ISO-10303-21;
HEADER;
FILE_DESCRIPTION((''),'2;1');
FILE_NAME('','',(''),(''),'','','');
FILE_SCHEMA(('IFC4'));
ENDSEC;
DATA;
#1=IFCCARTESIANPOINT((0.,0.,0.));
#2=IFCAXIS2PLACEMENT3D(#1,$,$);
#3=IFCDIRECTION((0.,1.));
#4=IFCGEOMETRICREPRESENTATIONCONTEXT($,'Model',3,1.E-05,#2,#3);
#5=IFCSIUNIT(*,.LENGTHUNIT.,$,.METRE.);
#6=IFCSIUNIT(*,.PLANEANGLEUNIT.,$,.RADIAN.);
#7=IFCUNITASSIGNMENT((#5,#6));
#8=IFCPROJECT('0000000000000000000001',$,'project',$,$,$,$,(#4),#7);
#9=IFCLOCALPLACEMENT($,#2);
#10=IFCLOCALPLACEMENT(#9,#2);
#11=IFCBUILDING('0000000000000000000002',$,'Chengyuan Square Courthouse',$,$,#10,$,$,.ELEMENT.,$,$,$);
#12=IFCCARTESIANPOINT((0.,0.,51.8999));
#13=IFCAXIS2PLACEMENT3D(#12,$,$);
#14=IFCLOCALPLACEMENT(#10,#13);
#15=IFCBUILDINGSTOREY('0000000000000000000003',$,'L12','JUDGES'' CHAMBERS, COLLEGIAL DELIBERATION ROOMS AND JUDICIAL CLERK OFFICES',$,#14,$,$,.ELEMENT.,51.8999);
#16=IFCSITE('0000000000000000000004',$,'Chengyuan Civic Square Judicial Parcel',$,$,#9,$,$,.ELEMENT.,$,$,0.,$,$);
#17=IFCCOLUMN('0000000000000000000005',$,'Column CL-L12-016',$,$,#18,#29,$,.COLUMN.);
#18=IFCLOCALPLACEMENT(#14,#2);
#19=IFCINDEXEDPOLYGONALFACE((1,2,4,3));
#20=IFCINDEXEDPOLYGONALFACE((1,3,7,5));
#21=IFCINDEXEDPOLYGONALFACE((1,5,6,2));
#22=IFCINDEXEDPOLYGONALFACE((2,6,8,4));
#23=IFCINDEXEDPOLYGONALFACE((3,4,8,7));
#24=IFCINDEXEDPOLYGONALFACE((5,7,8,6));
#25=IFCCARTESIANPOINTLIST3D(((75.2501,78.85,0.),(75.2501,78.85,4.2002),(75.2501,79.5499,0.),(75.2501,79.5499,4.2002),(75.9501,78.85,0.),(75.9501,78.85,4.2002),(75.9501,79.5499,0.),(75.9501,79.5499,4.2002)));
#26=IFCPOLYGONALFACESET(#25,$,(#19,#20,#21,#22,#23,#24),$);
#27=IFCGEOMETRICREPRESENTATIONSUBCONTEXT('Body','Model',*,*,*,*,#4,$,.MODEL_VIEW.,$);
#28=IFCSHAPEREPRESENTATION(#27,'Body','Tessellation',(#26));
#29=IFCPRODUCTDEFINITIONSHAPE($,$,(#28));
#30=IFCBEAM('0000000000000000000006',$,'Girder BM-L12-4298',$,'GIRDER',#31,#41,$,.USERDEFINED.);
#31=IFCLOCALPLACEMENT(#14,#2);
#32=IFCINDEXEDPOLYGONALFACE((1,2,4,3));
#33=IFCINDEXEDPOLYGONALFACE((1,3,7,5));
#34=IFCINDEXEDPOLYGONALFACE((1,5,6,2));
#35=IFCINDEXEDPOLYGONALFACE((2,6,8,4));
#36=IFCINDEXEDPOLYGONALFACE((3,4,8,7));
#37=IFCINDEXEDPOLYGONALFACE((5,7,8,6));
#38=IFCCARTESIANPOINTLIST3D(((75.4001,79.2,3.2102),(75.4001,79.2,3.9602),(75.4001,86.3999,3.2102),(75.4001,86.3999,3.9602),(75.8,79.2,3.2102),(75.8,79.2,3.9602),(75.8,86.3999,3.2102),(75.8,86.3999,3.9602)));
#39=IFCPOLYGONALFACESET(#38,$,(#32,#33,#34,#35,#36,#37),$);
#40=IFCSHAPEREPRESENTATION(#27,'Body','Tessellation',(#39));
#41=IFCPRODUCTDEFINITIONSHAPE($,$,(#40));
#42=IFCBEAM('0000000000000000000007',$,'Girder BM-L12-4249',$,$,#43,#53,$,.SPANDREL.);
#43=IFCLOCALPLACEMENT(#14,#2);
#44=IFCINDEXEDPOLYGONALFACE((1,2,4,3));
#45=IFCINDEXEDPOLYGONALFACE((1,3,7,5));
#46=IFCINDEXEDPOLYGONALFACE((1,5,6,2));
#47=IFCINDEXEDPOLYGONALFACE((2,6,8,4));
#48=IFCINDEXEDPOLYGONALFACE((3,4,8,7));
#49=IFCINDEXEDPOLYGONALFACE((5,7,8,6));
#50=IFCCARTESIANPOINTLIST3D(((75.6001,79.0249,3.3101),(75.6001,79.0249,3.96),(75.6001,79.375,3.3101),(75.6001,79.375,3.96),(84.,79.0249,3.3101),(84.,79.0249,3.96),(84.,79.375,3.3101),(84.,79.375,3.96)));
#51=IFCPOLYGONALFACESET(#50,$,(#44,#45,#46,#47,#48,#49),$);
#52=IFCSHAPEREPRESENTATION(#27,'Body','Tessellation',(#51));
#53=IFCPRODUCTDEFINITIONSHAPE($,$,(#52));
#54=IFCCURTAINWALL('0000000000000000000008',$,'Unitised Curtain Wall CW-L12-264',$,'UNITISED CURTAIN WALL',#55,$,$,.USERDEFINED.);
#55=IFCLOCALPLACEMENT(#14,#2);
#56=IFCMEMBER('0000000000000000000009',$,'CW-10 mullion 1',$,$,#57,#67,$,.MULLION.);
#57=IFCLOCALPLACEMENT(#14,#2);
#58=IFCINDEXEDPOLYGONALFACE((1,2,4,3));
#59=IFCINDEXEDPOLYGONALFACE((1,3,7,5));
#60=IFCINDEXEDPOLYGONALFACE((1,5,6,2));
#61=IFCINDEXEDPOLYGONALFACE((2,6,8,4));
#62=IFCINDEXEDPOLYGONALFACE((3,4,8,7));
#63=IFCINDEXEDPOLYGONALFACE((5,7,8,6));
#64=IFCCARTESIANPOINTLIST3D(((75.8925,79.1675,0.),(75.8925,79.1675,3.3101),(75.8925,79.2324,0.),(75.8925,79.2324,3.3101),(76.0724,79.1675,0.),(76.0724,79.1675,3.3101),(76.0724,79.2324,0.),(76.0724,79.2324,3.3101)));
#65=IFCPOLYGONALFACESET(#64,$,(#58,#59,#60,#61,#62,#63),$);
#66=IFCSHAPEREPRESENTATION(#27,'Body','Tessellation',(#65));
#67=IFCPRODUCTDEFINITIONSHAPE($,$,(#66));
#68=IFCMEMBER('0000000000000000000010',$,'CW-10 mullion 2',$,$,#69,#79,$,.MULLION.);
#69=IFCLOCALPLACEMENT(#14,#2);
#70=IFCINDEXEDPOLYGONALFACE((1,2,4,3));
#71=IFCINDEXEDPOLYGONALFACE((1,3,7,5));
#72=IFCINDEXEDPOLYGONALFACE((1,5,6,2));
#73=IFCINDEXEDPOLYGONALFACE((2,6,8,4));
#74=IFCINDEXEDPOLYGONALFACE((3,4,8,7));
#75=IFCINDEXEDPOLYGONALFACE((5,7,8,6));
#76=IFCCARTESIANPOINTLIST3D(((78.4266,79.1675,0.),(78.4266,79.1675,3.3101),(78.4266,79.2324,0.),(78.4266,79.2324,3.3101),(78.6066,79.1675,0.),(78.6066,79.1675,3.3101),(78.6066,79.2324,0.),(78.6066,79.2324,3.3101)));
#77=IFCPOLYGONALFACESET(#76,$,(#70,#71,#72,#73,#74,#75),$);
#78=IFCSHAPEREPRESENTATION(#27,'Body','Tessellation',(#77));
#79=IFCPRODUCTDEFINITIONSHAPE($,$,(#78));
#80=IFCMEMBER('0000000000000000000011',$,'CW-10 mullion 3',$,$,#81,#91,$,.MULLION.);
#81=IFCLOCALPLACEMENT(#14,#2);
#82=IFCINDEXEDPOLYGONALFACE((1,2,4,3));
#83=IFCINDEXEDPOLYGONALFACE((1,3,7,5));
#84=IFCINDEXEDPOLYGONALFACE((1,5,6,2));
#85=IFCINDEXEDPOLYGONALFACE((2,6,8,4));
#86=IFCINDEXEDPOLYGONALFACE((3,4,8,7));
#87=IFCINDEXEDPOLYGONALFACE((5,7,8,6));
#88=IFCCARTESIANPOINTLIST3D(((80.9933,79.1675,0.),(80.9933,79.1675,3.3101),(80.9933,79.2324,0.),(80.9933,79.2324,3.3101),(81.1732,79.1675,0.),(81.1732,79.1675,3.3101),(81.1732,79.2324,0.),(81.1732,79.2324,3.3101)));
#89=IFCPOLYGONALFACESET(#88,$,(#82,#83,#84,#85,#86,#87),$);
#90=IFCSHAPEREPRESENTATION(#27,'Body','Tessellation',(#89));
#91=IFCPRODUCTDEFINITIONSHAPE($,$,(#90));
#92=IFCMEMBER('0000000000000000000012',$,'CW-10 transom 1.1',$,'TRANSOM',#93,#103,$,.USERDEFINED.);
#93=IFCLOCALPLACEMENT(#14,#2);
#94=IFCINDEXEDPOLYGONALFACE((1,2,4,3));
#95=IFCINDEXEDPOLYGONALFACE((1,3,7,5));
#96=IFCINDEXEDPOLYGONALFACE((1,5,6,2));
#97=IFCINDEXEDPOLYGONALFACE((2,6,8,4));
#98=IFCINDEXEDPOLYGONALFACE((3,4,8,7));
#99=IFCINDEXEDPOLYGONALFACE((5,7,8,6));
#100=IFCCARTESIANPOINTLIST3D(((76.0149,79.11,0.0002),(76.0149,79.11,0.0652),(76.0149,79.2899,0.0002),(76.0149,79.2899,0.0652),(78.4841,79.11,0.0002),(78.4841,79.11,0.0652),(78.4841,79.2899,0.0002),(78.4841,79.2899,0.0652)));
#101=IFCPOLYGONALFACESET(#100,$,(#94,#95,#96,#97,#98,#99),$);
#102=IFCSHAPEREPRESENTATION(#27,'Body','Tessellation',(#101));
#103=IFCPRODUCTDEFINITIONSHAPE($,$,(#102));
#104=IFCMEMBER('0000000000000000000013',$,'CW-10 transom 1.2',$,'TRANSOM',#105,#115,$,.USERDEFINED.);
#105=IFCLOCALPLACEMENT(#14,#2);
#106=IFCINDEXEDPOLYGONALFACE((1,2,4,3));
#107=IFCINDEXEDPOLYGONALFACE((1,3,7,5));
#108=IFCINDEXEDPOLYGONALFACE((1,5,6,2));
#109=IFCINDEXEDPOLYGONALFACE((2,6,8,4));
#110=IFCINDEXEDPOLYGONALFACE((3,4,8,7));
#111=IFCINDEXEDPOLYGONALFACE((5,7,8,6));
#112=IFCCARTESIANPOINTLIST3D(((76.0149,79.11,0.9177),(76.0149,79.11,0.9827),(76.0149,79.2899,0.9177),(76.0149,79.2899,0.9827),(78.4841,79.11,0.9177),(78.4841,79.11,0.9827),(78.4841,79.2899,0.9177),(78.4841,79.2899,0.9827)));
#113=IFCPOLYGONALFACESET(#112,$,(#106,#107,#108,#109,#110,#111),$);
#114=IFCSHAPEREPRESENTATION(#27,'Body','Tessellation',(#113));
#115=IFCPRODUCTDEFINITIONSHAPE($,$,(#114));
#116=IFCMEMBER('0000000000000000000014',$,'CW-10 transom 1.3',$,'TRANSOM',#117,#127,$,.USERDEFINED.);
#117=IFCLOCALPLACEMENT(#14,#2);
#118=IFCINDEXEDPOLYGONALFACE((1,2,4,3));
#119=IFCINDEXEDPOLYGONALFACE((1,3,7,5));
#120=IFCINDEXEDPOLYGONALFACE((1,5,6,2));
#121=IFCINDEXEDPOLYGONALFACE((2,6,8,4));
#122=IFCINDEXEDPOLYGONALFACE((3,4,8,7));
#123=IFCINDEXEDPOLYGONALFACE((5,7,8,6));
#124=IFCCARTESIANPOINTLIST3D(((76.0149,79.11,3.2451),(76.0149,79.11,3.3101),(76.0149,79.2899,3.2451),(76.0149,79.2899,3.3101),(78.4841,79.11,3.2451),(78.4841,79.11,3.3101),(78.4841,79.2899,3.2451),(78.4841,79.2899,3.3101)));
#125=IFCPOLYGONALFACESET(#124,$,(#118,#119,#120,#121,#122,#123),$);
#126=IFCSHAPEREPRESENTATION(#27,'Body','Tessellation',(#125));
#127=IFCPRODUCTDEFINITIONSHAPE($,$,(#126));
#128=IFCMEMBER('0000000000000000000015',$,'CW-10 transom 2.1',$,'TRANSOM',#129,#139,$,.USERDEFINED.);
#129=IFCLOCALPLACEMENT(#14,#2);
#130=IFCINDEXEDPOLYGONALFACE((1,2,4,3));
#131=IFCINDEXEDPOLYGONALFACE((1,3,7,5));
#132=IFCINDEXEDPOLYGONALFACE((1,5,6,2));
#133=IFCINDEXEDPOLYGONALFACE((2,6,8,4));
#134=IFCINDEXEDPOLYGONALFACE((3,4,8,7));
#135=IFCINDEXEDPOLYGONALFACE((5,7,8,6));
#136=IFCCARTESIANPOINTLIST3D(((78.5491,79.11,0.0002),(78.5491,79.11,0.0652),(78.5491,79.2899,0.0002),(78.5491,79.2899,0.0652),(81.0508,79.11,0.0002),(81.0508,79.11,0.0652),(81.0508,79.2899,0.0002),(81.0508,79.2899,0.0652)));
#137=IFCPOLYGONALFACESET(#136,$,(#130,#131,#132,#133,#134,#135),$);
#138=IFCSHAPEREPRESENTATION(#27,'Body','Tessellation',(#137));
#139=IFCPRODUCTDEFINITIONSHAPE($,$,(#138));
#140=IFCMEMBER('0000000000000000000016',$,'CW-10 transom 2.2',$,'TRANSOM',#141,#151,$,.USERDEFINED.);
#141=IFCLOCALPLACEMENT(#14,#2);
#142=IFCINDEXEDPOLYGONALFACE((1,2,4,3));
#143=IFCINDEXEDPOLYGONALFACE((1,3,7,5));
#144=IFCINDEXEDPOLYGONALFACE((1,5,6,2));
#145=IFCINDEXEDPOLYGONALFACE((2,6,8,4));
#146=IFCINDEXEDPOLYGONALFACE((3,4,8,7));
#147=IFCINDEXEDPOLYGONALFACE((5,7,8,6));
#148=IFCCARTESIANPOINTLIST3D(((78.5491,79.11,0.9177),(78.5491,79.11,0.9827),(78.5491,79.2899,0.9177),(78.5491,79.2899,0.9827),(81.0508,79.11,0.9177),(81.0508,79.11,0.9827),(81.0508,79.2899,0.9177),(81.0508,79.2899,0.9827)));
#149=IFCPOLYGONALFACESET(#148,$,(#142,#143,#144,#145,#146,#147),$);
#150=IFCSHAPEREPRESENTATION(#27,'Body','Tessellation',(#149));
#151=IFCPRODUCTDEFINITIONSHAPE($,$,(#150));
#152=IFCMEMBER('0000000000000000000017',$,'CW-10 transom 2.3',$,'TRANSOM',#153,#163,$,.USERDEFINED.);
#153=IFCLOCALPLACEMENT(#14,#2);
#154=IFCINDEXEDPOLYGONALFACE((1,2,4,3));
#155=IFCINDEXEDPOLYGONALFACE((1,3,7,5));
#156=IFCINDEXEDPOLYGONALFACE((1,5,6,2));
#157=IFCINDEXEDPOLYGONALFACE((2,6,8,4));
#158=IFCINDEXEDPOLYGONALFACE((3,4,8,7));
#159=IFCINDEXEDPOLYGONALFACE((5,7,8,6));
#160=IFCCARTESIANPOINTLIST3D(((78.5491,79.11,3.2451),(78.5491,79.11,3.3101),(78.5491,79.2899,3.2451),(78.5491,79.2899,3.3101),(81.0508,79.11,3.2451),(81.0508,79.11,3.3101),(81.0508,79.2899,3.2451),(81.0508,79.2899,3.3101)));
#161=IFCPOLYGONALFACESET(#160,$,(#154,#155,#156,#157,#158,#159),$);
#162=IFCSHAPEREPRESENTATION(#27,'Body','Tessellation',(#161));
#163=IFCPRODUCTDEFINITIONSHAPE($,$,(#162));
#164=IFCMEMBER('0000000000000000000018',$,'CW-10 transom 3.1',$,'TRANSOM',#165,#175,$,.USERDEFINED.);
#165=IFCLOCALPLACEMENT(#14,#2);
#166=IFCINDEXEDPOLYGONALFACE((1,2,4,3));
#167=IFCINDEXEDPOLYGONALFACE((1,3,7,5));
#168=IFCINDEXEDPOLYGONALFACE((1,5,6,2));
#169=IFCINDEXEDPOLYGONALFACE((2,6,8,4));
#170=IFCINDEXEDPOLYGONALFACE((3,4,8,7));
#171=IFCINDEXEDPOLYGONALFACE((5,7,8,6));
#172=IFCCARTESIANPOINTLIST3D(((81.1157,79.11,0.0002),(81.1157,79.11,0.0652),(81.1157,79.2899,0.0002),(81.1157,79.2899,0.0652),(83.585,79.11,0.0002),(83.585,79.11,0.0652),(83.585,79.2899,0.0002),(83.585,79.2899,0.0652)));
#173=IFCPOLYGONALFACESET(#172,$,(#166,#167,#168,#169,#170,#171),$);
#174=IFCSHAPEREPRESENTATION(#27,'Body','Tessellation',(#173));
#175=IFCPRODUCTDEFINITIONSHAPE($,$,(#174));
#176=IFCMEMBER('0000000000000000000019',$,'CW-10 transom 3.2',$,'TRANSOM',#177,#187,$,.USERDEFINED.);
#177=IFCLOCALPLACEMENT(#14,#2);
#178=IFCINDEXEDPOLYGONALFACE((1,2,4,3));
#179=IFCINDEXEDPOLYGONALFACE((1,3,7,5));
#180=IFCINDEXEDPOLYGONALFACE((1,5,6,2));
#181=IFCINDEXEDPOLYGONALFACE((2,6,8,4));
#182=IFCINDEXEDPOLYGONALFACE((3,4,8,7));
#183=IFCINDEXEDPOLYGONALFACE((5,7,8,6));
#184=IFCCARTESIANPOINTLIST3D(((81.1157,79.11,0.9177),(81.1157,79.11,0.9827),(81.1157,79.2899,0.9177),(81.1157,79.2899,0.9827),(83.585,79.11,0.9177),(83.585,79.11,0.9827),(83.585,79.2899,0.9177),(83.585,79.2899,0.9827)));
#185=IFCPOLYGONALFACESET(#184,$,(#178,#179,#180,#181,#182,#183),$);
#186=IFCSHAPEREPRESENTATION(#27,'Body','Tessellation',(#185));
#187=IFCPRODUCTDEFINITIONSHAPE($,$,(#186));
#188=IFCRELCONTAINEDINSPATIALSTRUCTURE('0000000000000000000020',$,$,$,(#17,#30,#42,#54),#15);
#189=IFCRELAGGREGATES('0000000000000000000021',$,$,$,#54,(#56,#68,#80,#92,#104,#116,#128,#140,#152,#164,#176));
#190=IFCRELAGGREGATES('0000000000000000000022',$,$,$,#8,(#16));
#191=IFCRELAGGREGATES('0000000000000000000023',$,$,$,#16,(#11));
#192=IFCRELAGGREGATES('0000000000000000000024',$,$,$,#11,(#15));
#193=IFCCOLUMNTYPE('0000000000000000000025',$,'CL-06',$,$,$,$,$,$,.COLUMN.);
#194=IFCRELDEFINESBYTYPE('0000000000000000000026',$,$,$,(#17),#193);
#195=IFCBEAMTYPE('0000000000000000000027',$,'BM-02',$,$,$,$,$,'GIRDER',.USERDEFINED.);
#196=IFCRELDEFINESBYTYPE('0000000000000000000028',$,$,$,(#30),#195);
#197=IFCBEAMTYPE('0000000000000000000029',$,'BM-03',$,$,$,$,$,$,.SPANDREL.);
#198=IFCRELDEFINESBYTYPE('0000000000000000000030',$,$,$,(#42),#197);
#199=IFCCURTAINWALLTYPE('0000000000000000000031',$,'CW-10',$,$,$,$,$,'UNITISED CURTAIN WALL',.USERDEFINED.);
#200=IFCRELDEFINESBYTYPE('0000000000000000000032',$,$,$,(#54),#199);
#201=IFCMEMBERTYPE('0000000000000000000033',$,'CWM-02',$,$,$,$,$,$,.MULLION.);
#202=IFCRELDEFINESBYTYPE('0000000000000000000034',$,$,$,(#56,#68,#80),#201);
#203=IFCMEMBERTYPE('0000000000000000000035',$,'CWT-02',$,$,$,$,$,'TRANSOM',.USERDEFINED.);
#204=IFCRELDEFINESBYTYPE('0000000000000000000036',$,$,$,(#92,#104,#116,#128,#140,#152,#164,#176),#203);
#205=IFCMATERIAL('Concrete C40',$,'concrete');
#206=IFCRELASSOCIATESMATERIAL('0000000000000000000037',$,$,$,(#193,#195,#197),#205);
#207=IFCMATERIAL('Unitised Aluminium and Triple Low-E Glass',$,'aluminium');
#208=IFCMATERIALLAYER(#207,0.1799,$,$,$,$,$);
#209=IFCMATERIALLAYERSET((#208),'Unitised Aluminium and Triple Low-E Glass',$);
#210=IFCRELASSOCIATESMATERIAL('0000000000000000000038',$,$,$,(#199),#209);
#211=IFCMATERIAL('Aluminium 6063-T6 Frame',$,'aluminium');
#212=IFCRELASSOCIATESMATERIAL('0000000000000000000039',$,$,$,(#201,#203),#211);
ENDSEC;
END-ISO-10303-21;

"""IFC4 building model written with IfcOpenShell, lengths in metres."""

from ifc_helpers import new_model, si_unit, direction, frame, origin, origin_2d, place, context, subcontext, project, spatial, rectangle, extrude, material, layer, layer_set, material_profile, profile_set, type_object, element, aggregate, save


model = new_model("IFC4")

# Units and contexts
model_context = context("Model", 3, precision=1e-05, world=origin(), true_north=direction((0.0, 1.0)))
body_context = subcontext(model_context, "Body", "Model", "MODEL_VIEW")
ifc_project = project(units=[si_unit("LENGTHUNIT", "METRE"), si_unit("PLANEANGLEUNIT", "RADIAN")], contexts=[model_context])

# Site, building, storey
site_placement = place(None, origin())
site = spatial("IfcSite", under=ifc_project, at=site_placement, Name="Chengyuan Civic Square Judicial Parcel", CompositionType="ELEMENT", RefElevation=0.0)
building_placement = place(site_placement, origin())
building = spatial("IfcBuilding", under=site, at=building_placement, Name="Chengyuan Square Courthouse", CompositionType="ELEMENT")
storey_placement = place(building_placement, frame((0.0, 0.0, 51.8999)))
storey = spatial("IfcBuildingStorey", under=building, at=storey_placement, Name="L12", Description="JUDGES' CHAMBERS, COLLEGIAL DELIBERATION ROOMS AND JUDICIAL CLERK OFFICES", CompositionType="ELEMENT", Elevation=51.8999)

# Column
ifc_material_1 = material(Name="Concrete C40", Category="concrete")
ifc_material_profile_1 = material_profile(ifc_material_1, rectangle(XDim=0.7, YDim=0.7, at=origin_2d()), Name="RC-COL-700x700")
ifc_profile_set_1 = profile_set([ifc_material_profile_1], Name="Concrete C40")
column_type = type_object("IfcColumnType", Name="CL-06", PredefinedType="COLUMN", material=ifc_profile_set_1)
column_placement = place(storey_placement, frame((75.6001, 79.2, 0.0), z_axis=(0.0, 0.0, 1.0), x_axis=(1.0, 0.0, 0.0)))
element("IfcColumn", 1, at=column_placement, inside=storey, type_object=column_type, Name="Column CL-L12-016", PredefinedType="COLUMN", context=body_context, shape_type="SweptSolid", body=[
    extrude(rectangle(XDim=0.7, YDim=0.7, at=origin_2d()), origin(), (0.0, 0.0, 1.0), 4.2002),
])

# Beams
ifc_material_profile_2 = material_profile(ifc_material_1, rectangle(XDim=0.3999, YDim=0.75, at=origin_2d()), Name="RC-BM-400x750")
ifc_profile_set_2 = profile_set([ifc_material_profile_2], Name="Concrete C40")
beam_type_1 = type_object("IfcBeamType", Name="BM-02", ElementType="GIRDER", PredefinedType="USERDEFINED", material=ifc_profile_set_2)
beam_1_placement = place(storey_placement, frame((75.6001, 79.2, 3.5852), z_axis=(0.0, 1.0, 0.0), x_axis=(-1.0, 0.0, 0.0)))
element("IfcBeam", 2, at=beam_1_placement, inside=storey, type_object=beam_type_1, Name="Girder BM-L12-4298", ObjectType="GIRDER", PredefinedType="USERDEFINED", context=body_context, shape_type="SweptSolid", body=[
    extrude(rectangle(XDim=0.3999, YDim=0.75, at=origin_2d()), origin(), (0.0, 0.0, 1.0), 7.2),
])
ifc_material_profile_3 = material_profile(ifc_material_1, rectangle(XDim=0.3501, YDim=0.6499, at=origin_2d()), Name="RC-BM-350x650")
ifc_profile_set_3 = profile_set([ifc_material_profile_3], Name="Concrete C40")
beam_type_2 = type_object("IfcBeamType", Name="BM-03", PredefinedType="SPANDREL", material=ifc_profile_set_3)
beam_2_placement = place(storey_placement, frame((75.6001, 79.2, 3.635), z_axis=(1.0, 0.0, 0.0), x_axis=(0.0, 1.0, 0.0)))
element("IfcBeam", 3, at=beam_2_placement, inside=storey, type_object=beam_type_2, Name="Girder BM-L12-4249", PredefinedType="SPANDREL", context=body_context, shape_type="SweptSolid", body=[
    extrude(rectangle(XDim=0.3501, YDim=0.6499, at=origin_2d()), origin(), (0.0, 0.0, 1.0), 8.3999),
])

# Curtain wall, members
ifc_material_2 = material(Name="Unitised Aluminium and Triple Low-E Glass", Category="aluminium")
ifc_layer_1 = layer(ifc_material_2, 0.1799)
ifc_layer_set_1 = layer_set([ifc_layer_1], Name="Unitised Aluminium and Triple Low-E Glass")
curtain_wall_type = type_object("IfcCurtainWallType", Name="CW-10", ElementType="UNITISED CURTAIN WALL", PredefinedType="USERDEFINED", material=ifc_layer_set_1)
curtain_wall_placement = place(storey_placement, origin())
curtain_wall = element("IfcCurtainWall", 4, at=curtain_wall_placement, inside=storey, type_object=curtain_wall_type, Name="Unitised Curtain Wall CW-L12-264", ObjectType="UNITISED CURTAIN WALL", PredefinedType="USERDEFINED")
ifc_material_3 = material(Name="Aluminium 6063-T6 Frame", Category="aluminium")
ifc_material_profile_4 = material_profile(ifc_material_3, rectangle(XDim=0.0649, YDim=0.1799, at=origin_2d()), Name="CW-MUL-65x180")
ifc_profile_set_4 = profile_set([ifc_material_profile_4], Name="Aluminium 6063-T6 Frame")
member_type_1 = type_object("IfcMemberType", Name="CWM-02", PredefinedType="MULLION", material=ifc_profile_set_4)
member_1_placement = place(storey_placement, frame((75.9824, 79.2, 0.0), z_axis=(0.0, 0.0, 1.0), x_axis=(0.0, 1.0, 0.0)))
member_1 = element("IfcMember", 5, at=member_1_placement, type_object=member_type_1, Name="CW-10 mullion 1", PredefinedType="MULLION", context=body_context, shape_type="SweptSolid", body=[
    extrude(rectangle(XDim=0.0649, YDim=0.1799, at=origin_2d()), origin(), (0.0, 0.0, 1.0), 3.3101),
])
member_2_placement = place(storey_placement, frame((78.5166, 79.2, 0.0), z_axis=(0.0, 0.0, 1.0), x_axis=(0.0, 1.0, 0.0)))
member_2 = element("IfcMember", 6, at=member_2_placement, type_object=member_type_1, Name="CW-10 mullion 2", PredefinedType="MULLION", context=body_context, shape_type="SweptSolid", body=[
    extrude(rectangle(XDim=0.0649, YDim=0.1799, at=origin_2d()), origin(), (0.0, 0.0, 1.0), 3.3101),
])
member_3_placement = place(storey_placement, frame((81.0833, 79.2, 0.0), z_axis=(0.0, 0.0, 1.0), x_axis=(0.0, 1.0, 0.0)))
member_3 = element("IfcMember", 7, at=member_3_placement, type_object=member_type_1, Name="CW-10 mullion 3", PredefinedType="MULLION", context=body_context, shape_type="SweptSolid", body=[
    extrude(rectangle(XDim=0.0649, YDim=0.1799, at=origin_2d()), origin(), (0.0, 0.0, 1.0), 3.3101),
])
ifc_material_profile_5 = material_profile(ifc_material_3, rectangle(XDim=0.1799, YDim=0.0649, at=origin_2d()), Name="CW-TRN-65x140")
ifc_profile_set_5 = profile_set([ifc_material_profile_5], Name="Aluminium 6063-T6 Frame")
member_type_2 = type_object("IfcMemberType", Name="CWT-02", ElementType="TRANSOM", PredefinedType="USERDEFINED", material=ifc_profile_set_5)
member_4_placement = place(storey_placement, frame((76.0149, 79.2, 0.0327), z_axis=(1.0, 0.0, 0.0), x_axis=(0.0, 1.0, 0.0)))
member_4 = element("IfcMember", 8, at=member_4_placement, type_object=member_type_2, Name="CW-10 transom 1.1", ObjectType="TRANSOM", PredefinedType="USERDEFINED", context=body_context, shape_type="SweptSolid", body=[
    extrude(rectangle(XDim=0.1799, YDim=0.0649, at=origin_2d()), origin(), (0.0, 0.0, 1.0), 2.4692),
])
member_5_placement = place(storey_placement, frame((76.0149, 79.2, 0.9502), z_axis=(1.0, 0.0, 0.0), x_axis=(0.0, 1.0, 0.0)))
member_5 = element("IfcMember", 9, at=member_5_placement, type_object=member_type_2, Name="CW-10 transom 1.2", ObjectType="TRANSOM", PredefinedType="USERDEFINED", context=body_context, shape_type="SweptSolid", body=[
    extrude(rectangle(XDim=0.1799, YDim=0.0649, at=origin_2d()), origin(), (0.0, 0.0, 1.0), 2.4692),
])
member_6_placement = place(storey_placement, frame((76.0149, 79.2, 3.2776), z_axis=(1.0, 0.0, 0.0), x_axis=(0.0, 1.0, 0.0)))
member_6 = element("IfcMember", 10, at=member_6_placement, type_object=member_type_2, Name="CW-10 transom 1.3", ObjectType="TRANSOM", PredefinedType="USERDEFINED", context=body_context, shape_type="SweptSolid", body=[
    extrude(rectangle(XDim=0.1799, YDim=0.0649, at=origin_2d()), origin(), (0.0, 0.0, 1.0), 2.4692),
])
member_7_placement = place(storey_placement, frame((78.5491, 79.2, 0.0327), z_axis=(1.0, 0.0, 0.0), x_axis=(0.0, 1.0, 0.0)))
member_7 = element("IfcMember", 11, at=member_7_placement, type_object=member_type_2, Name="CW-10 transom 2.1", ObjectType="TRANSOM", PredefinedType="USERDEFINED", context=body_context, shape_type="SweptSolid", body=[
    extrude(rectangle(XDim=0.1799, YDim=0.0649, at=origin_2d()), origin(), (0.0, 0.0, 1.0), 2.5017),
])
member_8_placement = place(storey_placement, frame((78.5491, 79.2, 0.9502), z_axis=(1.0, 0.0, 0.0), x_axis=(0.0, 1.0, 0.0)))
member_8 = element("IfcMember", 12, at=member_8_placement, type_object=member_type_2, Name="CW-10 transom 2.2", ObjectType="TRANSOM", PredefinedType="USERDEFINED", context=body_context, shape_type="SweptSolid", body=[
    extrude(rectangle(XDim=0.1799, YDim=0.0649, at=origin_2d()), origin(), (0.0, 0.0, 1.0), 2.5017),
])
member_9_placement = place(storey_placement, frame((78.5491, 79.2, 3.2776), z_axis=(1.0, 0.0, 0.0), x_axis=(0.0, 1.0, 0.0)))
member_9 = element("IfcMember", 13, at=member_9_placement, type_object=member_type_2, Name="CW-10 transom 2.3", ObjectType="TRANSOM", PredefinedType="USERDEFINED", context=body_context, shape_type="SweptSolid", body=[
    extrude(rectangle(XDim=0.1799, YDim=0.0649, at=origin_2d()), origin(), (0.0, 0.0, 1.0), 2.5017),
])
member_10_placement = place(storey_placement, frame((81.1157, 79.2, 0.0327), z_axis=(1.0, 0.0, 0.0), x_axis=(0.0, 1.0, 0.0)))
member_10 = element("IfcMember", 14, at=member_10_placement, type_object=member_type_2, Name="CW-10 transom 3.1", ObjectType="TRANSOM", PredefinedType="USERDEFINED", context=body_context, shape_type="SweptSolid", body=[
    extrude(rectangle(XDim=0.1799, YDim=0.0649, at=origin_2d()), origin(), (0.0, 0.0, 1.0), 2.4692),
])
member_11_placement = place(storey_placement, frame((81.1157, 79.2, 0.9502), z_axis=(1.0, 0.0, 0.0), x_axis=(0.0, 1.0, 0.0)))
member_11 = element("IfcMember", 15, at=member_11_placement, type_object=member_type_2, Name="CW-10 transom 3.2", ObjectType="TRANSOM", PredefinedType="USERDEFINED", context=body_context, shape_type="SweptSolid", body=[
    extrude(rectangle(XDim=0.1799, YDim=0.0649, at=origin_2d()), origin(), (0.0, 0.0, 1.0), 2.4692),
])
aggregate(curtain_wall, [member_1, member_2, member_3, member_4, member_5, member_6, member_7, member_8, member_9, member_10, member_11])

save(model, "model.ifc")
